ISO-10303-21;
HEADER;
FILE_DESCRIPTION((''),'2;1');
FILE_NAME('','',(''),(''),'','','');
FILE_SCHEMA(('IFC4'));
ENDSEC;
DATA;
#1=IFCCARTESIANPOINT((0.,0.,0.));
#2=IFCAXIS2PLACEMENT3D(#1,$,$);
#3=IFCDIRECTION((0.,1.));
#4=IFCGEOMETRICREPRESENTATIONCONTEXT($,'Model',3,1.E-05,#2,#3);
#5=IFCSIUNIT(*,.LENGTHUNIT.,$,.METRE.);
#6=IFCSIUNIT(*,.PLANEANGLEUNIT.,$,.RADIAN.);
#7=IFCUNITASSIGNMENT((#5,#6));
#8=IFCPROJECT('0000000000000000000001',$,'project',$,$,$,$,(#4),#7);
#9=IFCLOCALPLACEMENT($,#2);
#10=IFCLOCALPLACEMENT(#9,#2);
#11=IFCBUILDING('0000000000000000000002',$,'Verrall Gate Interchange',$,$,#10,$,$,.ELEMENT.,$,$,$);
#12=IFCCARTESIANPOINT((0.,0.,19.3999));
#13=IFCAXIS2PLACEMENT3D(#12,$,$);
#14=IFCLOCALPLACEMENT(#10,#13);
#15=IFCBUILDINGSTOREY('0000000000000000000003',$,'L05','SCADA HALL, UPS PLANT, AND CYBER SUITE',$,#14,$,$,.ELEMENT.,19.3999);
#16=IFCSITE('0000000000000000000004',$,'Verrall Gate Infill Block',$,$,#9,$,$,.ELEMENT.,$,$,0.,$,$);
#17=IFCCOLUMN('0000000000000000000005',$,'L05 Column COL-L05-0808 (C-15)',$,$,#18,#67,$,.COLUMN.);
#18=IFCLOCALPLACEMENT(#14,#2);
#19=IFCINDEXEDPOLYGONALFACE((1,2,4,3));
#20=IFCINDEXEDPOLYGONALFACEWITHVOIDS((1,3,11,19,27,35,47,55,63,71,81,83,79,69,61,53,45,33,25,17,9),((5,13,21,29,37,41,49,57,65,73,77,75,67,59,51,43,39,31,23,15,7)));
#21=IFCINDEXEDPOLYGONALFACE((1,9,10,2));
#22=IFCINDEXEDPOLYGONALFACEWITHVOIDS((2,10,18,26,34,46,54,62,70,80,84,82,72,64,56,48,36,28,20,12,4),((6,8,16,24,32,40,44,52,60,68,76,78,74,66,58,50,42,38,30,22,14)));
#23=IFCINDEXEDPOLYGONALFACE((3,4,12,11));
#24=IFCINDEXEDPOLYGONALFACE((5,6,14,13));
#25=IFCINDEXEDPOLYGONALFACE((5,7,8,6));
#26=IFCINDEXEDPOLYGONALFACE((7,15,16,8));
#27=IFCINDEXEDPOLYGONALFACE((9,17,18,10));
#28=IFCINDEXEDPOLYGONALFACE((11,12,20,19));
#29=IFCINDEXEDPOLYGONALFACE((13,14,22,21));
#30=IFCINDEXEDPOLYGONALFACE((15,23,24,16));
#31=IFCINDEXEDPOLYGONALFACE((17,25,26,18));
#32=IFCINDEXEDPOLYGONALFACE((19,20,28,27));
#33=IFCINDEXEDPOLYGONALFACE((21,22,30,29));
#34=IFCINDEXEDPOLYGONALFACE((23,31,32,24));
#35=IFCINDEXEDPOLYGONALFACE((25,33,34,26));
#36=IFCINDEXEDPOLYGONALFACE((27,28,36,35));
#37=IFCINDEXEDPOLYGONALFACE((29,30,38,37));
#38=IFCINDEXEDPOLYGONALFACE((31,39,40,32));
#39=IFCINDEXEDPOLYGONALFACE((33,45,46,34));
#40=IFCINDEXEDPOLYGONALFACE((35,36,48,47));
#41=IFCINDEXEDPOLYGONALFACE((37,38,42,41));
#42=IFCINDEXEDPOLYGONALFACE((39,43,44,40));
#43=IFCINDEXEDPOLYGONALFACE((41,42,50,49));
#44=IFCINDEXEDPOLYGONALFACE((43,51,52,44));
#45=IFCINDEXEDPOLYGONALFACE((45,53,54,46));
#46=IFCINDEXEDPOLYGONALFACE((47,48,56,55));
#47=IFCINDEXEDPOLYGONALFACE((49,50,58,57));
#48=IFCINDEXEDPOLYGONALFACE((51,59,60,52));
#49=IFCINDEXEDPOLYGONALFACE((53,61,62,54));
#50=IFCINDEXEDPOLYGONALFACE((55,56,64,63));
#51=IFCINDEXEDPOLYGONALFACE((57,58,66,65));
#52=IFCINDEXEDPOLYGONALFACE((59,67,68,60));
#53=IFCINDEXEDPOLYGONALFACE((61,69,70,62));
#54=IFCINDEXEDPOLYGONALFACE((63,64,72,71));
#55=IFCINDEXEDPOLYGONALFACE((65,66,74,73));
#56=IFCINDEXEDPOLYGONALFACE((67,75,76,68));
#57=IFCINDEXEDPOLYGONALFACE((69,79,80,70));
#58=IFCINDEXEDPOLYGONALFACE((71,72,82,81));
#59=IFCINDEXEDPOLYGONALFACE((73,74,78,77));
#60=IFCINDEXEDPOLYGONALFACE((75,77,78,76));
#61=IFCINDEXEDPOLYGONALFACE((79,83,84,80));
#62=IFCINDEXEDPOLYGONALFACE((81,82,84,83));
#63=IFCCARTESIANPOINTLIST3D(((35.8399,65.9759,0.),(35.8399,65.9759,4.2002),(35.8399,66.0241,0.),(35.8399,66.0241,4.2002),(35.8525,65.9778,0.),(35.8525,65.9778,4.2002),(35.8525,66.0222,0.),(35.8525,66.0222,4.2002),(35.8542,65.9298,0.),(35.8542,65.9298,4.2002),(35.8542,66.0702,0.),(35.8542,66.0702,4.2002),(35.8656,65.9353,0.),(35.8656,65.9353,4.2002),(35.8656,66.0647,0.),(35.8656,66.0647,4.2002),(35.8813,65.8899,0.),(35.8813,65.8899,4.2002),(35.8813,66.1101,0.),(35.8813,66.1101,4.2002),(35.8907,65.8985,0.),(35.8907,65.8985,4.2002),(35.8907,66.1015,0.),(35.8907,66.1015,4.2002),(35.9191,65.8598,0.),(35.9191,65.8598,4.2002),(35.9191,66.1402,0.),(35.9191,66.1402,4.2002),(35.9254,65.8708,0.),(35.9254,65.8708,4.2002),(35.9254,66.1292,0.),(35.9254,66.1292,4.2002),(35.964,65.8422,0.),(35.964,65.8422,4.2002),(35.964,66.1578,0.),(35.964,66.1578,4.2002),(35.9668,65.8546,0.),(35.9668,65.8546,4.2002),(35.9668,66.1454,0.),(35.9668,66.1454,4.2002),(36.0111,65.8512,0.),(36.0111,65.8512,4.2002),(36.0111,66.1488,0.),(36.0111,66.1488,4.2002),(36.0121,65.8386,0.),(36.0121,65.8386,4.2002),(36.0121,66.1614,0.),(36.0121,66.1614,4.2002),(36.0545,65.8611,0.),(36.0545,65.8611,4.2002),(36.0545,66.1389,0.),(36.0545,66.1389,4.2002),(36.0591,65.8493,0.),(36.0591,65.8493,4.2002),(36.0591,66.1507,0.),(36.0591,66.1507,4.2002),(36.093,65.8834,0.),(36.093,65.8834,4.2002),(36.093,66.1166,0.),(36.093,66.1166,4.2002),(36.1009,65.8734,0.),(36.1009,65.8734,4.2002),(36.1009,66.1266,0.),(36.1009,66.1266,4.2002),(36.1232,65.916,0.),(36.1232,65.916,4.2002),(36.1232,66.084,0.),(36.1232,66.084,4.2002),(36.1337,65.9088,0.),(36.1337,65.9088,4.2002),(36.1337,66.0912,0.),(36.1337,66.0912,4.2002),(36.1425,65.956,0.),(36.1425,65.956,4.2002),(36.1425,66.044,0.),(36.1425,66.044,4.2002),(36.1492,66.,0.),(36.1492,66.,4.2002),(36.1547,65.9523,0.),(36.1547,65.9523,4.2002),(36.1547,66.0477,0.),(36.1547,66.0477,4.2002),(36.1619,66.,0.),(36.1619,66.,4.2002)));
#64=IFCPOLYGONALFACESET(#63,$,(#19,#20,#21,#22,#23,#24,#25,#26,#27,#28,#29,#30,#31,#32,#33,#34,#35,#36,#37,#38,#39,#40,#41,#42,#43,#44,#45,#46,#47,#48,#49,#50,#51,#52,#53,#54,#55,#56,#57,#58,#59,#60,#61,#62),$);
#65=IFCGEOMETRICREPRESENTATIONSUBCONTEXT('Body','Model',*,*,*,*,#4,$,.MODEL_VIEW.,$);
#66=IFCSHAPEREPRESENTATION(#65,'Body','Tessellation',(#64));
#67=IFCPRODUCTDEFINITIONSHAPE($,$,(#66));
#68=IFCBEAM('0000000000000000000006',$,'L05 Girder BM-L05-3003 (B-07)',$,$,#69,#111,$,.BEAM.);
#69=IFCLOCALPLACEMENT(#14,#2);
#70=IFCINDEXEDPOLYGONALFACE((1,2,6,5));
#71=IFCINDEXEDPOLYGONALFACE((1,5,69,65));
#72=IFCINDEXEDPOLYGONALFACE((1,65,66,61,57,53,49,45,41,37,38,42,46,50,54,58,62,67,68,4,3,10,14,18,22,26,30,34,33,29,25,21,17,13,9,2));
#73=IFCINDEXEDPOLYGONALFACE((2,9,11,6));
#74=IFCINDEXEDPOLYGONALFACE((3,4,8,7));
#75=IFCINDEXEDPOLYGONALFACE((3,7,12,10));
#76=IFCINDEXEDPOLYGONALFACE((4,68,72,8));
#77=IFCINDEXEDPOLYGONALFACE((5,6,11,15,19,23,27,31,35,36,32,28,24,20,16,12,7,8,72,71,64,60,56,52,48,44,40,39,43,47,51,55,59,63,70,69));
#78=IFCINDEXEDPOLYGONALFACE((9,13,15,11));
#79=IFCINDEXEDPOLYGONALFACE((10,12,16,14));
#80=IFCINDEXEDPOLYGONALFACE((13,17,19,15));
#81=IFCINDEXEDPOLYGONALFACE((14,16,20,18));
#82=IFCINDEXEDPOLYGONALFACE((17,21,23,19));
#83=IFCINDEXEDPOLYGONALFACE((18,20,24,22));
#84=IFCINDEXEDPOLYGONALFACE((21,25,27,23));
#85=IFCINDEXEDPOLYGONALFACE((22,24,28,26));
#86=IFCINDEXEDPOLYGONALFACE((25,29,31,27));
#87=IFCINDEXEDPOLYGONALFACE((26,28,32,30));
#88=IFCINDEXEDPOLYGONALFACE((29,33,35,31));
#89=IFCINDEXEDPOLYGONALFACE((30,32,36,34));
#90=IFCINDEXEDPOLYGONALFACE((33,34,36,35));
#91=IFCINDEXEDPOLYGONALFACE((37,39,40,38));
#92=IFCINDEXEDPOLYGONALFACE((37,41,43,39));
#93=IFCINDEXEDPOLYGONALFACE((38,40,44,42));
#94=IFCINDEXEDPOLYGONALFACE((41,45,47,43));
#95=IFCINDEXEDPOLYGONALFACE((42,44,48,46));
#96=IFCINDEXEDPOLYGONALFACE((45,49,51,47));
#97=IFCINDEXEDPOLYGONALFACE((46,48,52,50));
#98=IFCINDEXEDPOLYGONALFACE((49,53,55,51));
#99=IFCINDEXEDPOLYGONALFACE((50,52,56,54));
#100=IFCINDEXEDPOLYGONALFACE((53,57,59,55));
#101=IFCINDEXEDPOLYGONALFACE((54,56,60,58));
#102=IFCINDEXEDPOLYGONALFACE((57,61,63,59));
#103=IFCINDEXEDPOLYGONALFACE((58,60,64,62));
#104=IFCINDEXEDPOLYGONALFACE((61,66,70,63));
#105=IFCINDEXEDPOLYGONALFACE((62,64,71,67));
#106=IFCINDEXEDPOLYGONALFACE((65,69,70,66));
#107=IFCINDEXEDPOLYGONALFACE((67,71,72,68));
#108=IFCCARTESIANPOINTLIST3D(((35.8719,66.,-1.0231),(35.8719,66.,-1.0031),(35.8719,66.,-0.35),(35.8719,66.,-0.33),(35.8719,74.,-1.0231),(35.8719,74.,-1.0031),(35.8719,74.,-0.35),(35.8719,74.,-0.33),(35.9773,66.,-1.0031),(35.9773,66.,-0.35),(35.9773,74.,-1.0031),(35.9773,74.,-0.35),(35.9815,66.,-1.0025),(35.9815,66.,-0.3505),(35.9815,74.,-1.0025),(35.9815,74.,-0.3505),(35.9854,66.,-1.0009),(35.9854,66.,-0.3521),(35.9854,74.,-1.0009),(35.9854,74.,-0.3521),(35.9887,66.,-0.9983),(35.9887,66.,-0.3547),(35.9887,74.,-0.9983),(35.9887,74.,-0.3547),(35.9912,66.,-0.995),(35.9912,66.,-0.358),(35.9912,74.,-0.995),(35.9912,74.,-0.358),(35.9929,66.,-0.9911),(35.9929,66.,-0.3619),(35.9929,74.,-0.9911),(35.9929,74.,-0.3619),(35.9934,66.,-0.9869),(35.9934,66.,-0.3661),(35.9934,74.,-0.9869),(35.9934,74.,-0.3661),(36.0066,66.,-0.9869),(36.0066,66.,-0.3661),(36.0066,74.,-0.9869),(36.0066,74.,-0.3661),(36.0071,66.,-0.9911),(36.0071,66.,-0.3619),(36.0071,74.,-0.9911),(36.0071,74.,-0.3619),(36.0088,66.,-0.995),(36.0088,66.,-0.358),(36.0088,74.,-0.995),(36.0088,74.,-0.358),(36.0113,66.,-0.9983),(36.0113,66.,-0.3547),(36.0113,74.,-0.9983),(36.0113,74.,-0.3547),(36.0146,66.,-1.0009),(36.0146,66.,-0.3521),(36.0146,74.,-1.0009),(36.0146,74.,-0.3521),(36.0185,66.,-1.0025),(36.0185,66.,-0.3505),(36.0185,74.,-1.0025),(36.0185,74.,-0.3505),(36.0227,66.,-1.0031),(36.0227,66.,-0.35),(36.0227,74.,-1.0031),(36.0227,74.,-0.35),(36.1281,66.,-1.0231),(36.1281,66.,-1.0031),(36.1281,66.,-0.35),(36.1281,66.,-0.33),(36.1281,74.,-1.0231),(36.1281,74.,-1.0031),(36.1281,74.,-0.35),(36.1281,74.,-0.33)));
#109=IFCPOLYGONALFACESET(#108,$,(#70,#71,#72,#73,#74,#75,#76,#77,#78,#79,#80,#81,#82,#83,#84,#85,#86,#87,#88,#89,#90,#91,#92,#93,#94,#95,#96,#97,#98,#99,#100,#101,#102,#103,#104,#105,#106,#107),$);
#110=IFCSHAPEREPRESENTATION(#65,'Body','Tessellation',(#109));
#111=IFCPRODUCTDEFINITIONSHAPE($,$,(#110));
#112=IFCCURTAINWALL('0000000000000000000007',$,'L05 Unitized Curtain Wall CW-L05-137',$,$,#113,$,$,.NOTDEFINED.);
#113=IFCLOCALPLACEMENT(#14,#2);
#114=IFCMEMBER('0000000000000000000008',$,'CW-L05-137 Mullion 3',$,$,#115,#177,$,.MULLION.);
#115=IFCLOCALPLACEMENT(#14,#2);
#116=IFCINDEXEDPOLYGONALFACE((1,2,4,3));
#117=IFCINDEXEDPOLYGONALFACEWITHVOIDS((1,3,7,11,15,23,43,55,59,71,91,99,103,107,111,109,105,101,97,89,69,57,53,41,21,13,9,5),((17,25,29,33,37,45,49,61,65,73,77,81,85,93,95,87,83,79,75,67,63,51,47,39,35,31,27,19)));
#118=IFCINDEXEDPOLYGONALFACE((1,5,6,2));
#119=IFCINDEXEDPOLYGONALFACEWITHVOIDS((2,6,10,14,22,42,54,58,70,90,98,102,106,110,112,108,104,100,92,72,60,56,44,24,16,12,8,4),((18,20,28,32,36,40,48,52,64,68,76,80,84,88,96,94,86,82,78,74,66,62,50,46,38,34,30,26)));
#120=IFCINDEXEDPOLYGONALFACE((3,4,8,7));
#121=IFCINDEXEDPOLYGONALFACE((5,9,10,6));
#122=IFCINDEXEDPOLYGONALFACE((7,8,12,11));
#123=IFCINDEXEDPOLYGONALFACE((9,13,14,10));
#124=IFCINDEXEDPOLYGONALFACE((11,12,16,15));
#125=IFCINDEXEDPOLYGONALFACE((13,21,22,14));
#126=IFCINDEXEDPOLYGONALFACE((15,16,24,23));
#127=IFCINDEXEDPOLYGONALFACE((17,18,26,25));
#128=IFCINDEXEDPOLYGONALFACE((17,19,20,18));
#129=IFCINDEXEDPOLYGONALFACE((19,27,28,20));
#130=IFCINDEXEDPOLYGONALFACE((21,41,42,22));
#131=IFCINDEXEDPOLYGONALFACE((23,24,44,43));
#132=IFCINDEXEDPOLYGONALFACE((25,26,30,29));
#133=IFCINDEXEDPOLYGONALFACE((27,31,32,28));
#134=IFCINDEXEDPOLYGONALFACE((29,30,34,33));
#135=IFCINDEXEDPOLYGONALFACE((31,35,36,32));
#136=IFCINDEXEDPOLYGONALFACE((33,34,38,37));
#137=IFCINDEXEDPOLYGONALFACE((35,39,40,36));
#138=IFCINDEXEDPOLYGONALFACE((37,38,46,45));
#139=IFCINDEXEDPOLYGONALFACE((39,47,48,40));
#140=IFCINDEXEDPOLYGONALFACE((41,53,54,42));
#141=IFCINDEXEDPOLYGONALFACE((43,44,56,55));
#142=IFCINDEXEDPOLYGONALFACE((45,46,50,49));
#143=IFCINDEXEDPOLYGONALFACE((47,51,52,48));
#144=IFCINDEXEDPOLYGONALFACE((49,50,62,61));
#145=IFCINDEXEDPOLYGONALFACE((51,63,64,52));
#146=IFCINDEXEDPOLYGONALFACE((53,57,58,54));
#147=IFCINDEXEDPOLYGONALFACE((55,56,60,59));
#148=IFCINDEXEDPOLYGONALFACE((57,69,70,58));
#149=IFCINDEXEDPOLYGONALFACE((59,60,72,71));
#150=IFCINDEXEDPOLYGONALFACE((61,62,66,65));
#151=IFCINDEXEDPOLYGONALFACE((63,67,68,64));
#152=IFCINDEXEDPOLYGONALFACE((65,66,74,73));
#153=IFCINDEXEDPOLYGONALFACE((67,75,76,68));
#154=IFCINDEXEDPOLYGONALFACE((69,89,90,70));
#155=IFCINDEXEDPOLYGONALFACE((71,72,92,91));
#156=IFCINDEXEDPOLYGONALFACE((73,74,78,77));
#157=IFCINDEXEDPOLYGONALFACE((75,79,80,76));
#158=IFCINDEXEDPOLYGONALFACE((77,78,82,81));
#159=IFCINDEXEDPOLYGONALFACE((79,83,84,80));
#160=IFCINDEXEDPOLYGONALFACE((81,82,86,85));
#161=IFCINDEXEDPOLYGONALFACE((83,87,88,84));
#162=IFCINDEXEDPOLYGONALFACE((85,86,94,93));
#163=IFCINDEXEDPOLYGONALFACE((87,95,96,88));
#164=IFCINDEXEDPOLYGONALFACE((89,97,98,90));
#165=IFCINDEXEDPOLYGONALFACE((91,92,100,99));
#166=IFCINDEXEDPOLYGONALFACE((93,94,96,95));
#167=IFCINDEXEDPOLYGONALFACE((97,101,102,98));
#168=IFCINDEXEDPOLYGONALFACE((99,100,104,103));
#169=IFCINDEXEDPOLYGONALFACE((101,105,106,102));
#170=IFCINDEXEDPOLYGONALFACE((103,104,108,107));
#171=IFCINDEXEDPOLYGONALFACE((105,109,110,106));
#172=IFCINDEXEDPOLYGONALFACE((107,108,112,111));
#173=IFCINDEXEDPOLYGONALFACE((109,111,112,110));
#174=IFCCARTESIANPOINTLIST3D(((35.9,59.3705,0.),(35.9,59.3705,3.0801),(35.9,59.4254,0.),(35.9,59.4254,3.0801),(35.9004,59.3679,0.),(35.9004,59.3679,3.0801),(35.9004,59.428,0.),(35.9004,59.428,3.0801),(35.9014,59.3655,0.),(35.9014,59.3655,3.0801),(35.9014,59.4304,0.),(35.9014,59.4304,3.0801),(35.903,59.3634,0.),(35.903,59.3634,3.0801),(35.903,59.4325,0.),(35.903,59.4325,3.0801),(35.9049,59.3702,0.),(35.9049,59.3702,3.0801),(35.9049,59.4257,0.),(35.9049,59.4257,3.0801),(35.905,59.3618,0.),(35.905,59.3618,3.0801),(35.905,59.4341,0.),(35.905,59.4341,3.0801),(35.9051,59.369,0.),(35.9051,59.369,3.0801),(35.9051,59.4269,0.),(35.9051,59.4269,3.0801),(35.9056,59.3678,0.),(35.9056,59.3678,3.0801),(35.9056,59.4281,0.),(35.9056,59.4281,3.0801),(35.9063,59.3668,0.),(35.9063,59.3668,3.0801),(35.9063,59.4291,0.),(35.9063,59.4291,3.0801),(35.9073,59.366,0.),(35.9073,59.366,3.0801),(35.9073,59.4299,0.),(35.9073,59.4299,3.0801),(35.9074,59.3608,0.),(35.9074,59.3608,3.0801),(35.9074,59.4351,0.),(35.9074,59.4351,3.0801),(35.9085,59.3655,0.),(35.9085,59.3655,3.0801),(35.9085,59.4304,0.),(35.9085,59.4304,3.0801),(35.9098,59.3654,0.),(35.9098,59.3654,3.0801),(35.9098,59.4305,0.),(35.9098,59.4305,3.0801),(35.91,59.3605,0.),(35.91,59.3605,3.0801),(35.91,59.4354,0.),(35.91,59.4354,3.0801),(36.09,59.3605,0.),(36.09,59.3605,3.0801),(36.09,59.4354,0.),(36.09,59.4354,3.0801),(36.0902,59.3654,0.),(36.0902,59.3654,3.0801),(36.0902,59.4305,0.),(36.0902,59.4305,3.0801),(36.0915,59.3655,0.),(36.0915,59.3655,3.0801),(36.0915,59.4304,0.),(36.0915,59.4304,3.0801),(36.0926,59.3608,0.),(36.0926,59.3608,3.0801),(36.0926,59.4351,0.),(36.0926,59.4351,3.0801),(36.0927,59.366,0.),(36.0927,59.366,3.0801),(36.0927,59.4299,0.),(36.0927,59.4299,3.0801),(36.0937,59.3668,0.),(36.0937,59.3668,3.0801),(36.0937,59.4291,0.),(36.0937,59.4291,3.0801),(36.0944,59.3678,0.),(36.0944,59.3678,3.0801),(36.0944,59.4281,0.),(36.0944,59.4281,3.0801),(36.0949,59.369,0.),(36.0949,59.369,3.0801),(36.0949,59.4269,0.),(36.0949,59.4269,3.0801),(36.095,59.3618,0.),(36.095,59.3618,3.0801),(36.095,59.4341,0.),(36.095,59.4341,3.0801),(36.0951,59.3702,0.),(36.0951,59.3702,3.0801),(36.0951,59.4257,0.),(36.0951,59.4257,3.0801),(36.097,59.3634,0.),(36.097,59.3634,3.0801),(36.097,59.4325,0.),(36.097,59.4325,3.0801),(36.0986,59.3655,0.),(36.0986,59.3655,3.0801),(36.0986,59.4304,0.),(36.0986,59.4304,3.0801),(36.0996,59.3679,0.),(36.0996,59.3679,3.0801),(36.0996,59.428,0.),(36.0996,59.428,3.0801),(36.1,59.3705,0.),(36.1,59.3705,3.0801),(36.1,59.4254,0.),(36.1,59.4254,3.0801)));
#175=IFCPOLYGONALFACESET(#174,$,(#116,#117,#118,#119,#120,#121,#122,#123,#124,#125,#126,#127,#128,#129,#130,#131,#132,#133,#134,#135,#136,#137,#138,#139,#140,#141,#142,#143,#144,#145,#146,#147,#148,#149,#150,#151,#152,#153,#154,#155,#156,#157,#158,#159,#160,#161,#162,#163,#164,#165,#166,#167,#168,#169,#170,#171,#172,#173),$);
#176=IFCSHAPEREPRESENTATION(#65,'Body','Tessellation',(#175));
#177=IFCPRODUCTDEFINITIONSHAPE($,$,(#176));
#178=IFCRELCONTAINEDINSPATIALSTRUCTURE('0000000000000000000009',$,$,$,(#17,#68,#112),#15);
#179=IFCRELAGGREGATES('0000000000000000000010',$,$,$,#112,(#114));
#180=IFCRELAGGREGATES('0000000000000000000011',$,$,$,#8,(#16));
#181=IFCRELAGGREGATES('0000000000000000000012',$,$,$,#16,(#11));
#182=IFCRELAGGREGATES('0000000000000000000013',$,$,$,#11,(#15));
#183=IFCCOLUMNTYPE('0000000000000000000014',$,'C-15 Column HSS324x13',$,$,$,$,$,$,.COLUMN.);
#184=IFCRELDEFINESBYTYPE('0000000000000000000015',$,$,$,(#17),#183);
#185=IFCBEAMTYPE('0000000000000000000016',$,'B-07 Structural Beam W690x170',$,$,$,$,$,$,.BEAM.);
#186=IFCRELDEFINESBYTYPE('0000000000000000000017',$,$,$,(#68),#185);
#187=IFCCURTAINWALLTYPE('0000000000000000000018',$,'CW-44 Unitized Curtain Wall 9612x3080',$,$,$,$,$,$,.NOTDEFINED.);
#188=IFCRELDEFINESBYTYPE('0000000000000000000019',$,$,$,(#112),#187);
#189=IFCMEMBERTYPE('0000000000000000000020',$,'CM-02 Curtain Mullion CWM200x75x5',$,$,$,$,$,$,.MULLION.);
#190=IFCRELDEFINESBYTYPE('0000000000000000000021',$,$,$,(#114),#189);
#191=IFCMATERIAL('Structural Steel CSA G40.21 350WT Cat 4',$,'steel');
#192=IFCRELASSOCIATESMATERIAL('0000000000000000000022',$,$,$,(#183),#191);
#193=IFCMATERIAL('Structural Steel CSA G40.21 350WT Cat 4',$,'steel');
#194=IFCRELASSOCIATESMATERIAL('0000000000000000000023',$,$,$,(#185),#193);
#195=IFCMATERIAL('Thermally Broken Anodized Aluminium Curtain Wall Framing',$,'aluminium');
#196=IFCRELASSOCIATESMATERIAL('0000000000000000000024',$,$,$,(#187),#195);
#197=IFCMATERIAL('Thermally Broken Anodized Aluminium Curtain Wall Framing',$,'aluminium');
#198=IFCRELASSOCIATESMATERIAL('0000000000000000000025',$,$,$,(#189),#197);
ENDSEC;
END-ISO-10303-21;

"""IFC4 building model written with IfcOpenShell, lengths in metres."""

from ifc_helpers import new_model, si_unit, direction, frame, origin, origin_2d, place, context, subcontext, project, spatial, hollow_rectangle, hollow_circle, i_section, extrude, material, material_profile, profile_set, type_object, element, aggregate, save


model = new_model("IFC4")

# Units and contexts
model_context = context("Model", 3, precision=1e-05, world=origin(), true_north=direction((0.0, 1.0)))
body_context = subcontext(model_context, "Body", "Model", "MODEL_VIEW")
ifc_project = project(units=[si_unit("LENGTHUNIT", "METRE"), si_unit("PLANEANGLEUNIT", "RADIAN")], contexts=[model_context])

# Site, building, storey
site_placement = place(None, origin())
site = spatial("IfcSite", under=ifc_project, at=site_placement, Name="Verrall Gate Infill Block", CompositionType="ELEMENT", RefElevation=0.0)
building_placement = place(site_placement, origin())
building = spatial("IfcBuilding", under=site, at=building_placement, Name="Verrall Gate Interchange", CompositionType="ELEMENT")
storey_placement = place(building_placement, frame((0.0, 0.0, 19.3999)))
storey = spatial("IfcBuildingStorey", under=building, at=storey_placement, Name="L05", Description="SCADA HALL, UPS PLANT, AND CYBER SUITE", CompositionType="ELEMENT", Elevation=19.3999)

# Column
ifc_material_1 = material(Name="Structural Steel CSA G40.21 350WT Cat 4", Category="steel")
ifc_material_profile_1 = material_profile(ifc_material_1, hollow_circle(Radius=0.1619, WallThickness=0.0127, at=origin_2d()), Name="HSS324x13")
ifc_profile_set_1 = profile_set([ifc_material_profile_1], Name="Structural Steel CSA G40.21 350WT Cat 4")
column_type = type_object("IfcColumnType", Name="C-15 Column HSS324x13", PredefinedType="COLUMN", material=ifc_profile_set_1)
column_placement = place(storey_placement, frame((36.0, 66.0, 0.0), z_axis=(0.0, 0.0, 1.0), x_axis=(1.0, 0.0, 0.0)))
element("IfcColumn", 1, at=column_placement, inside=storey, type_object=column_type, Name="L05 Column COL-L05-0808 (C-15)", PredefinedType="COLUMN", context=body_context, shape_type="SweptSolid", body=[
    extrude(hollow_circle(Radius=0.1619, WallThickness=0.0127, at=origin_2d()), origin(), (0.0, 0.0, 1.0), 4.2002),
])

# Beam
ifc_material_2 = material(Name="Structural Steel CSA G40.21 350WT Cat 4", Category="steel")
ifc_material_profile_2 = material_profile(ifc_material_2, i_section(OverallWidth=0.2561, OverallDepth=0.6931, WebThickness=0.0132, FlangeThickness=0.02, FilletRadius=0.0161, at=origin_2d()), Name="W690x170")
ifc_profile_set_2 = profile_set([ifc_material_profile_2], Name="Structural Steel CSA G40.21 350WT Cat 4")
beam_type = type_object("IfcBeamType", Name="B-07 Structural Beam W690x170", PredefinedType="BEAM", material=ifc_profile_set_2)
beam_placement = place(storey_placement, frame((36.0, 66.0, -0.6765), z_axis=(0.0, 1.0, 0.0), x_axis=(-1.0, 0.0, 0.0)))
element("IfcBeam", 2, at=beam_placement, inside=storey, type_object=beam_type, Name="L05 Girder BM-L05-3003 (B-07)", PredefinedType="BEAM", context=body_context, shape_type="SweptSolid", body=[
    extrude(i_section(OverallWidth=0.2561, OverallDepth=0.6931, WebThickness=0.0132, FlangeThickness=0.02, FilletRadius=0.0161, at=origin_2d()), origin(), (0.0, 0.0, 1.0), 8.0),
])

# Curtain wall, member
ifc_material_3 = material(Name="Thermally Broken Anodized Aluminium Curtain Wall Framing", Category="aluminium")
curtain_wall_type = type_object("IfcCurtainWallType", Name="CW-44 Unitized Curtain Wall 9612x3080", PredefinedType="NOTDEFINED", material=ifc_material_3)
curtain_wall_placement = place(storey_placement, origin())
curtain_wall = element("IfcCurtainWall", 3, at=curtain_wall_placement, inside=storey, type_object=curtain_wall_type, Name="L05 Unitized Curtain Wall CW-L05-137", PredefinedType="NOTDEFINED")
ifc_material_4 = material(Name="Thermally Broken Anodized Aluminium Curtain Wall Framing", Category="aluminium")
ifc_material_profile_3 = material_profile(ifc_material_4, hollow_rectangle(XDim=0.075, YDim=0.2, WallThickness=0.0049, InnerFilletRadius=0.0049, OuterFilletRadius=0.01, at=origin_2d()), Name="CWM200x75x5")
ifc_profile_set_3 = profile_set([ifc_material_profile_3], Name="Thermally Broken Anodized Aluminium Curtain Wall Framing")
member_type = type_object("IfcMemberType", Name="CM-02 Curtain Mullion CWM200x75x5", PredefinedType="MULLION", material=ifc_profile_set_3)
member_1_placement = place(storey_placement, frame((36.0, 59.3979, 0.0), z_axis=(0.0, 0.0, 1.0), x_axis=(0.0, 1.0, 0.0)))
member_1 = element("IfcMember", 4, at=member_1_placement, type_object=member_type, Name="CW-L05-137 Mullion 3", PredefinedType="MULLION", context=body_context, shape_type="SweptSolid", body=[
    extrude(hollow_rectangle(XDim=0.075, YDim=0.2, WallThickness=0.0049, InnerFilletRadius=0.0049, OuterFilletRadius=0.01, at=origin_2d()), origin(), (0.0, 0.0, 1.0), 3.0801),
])

aggregate(curtain_wall, [member_1])

save(model, "model.ifc")
